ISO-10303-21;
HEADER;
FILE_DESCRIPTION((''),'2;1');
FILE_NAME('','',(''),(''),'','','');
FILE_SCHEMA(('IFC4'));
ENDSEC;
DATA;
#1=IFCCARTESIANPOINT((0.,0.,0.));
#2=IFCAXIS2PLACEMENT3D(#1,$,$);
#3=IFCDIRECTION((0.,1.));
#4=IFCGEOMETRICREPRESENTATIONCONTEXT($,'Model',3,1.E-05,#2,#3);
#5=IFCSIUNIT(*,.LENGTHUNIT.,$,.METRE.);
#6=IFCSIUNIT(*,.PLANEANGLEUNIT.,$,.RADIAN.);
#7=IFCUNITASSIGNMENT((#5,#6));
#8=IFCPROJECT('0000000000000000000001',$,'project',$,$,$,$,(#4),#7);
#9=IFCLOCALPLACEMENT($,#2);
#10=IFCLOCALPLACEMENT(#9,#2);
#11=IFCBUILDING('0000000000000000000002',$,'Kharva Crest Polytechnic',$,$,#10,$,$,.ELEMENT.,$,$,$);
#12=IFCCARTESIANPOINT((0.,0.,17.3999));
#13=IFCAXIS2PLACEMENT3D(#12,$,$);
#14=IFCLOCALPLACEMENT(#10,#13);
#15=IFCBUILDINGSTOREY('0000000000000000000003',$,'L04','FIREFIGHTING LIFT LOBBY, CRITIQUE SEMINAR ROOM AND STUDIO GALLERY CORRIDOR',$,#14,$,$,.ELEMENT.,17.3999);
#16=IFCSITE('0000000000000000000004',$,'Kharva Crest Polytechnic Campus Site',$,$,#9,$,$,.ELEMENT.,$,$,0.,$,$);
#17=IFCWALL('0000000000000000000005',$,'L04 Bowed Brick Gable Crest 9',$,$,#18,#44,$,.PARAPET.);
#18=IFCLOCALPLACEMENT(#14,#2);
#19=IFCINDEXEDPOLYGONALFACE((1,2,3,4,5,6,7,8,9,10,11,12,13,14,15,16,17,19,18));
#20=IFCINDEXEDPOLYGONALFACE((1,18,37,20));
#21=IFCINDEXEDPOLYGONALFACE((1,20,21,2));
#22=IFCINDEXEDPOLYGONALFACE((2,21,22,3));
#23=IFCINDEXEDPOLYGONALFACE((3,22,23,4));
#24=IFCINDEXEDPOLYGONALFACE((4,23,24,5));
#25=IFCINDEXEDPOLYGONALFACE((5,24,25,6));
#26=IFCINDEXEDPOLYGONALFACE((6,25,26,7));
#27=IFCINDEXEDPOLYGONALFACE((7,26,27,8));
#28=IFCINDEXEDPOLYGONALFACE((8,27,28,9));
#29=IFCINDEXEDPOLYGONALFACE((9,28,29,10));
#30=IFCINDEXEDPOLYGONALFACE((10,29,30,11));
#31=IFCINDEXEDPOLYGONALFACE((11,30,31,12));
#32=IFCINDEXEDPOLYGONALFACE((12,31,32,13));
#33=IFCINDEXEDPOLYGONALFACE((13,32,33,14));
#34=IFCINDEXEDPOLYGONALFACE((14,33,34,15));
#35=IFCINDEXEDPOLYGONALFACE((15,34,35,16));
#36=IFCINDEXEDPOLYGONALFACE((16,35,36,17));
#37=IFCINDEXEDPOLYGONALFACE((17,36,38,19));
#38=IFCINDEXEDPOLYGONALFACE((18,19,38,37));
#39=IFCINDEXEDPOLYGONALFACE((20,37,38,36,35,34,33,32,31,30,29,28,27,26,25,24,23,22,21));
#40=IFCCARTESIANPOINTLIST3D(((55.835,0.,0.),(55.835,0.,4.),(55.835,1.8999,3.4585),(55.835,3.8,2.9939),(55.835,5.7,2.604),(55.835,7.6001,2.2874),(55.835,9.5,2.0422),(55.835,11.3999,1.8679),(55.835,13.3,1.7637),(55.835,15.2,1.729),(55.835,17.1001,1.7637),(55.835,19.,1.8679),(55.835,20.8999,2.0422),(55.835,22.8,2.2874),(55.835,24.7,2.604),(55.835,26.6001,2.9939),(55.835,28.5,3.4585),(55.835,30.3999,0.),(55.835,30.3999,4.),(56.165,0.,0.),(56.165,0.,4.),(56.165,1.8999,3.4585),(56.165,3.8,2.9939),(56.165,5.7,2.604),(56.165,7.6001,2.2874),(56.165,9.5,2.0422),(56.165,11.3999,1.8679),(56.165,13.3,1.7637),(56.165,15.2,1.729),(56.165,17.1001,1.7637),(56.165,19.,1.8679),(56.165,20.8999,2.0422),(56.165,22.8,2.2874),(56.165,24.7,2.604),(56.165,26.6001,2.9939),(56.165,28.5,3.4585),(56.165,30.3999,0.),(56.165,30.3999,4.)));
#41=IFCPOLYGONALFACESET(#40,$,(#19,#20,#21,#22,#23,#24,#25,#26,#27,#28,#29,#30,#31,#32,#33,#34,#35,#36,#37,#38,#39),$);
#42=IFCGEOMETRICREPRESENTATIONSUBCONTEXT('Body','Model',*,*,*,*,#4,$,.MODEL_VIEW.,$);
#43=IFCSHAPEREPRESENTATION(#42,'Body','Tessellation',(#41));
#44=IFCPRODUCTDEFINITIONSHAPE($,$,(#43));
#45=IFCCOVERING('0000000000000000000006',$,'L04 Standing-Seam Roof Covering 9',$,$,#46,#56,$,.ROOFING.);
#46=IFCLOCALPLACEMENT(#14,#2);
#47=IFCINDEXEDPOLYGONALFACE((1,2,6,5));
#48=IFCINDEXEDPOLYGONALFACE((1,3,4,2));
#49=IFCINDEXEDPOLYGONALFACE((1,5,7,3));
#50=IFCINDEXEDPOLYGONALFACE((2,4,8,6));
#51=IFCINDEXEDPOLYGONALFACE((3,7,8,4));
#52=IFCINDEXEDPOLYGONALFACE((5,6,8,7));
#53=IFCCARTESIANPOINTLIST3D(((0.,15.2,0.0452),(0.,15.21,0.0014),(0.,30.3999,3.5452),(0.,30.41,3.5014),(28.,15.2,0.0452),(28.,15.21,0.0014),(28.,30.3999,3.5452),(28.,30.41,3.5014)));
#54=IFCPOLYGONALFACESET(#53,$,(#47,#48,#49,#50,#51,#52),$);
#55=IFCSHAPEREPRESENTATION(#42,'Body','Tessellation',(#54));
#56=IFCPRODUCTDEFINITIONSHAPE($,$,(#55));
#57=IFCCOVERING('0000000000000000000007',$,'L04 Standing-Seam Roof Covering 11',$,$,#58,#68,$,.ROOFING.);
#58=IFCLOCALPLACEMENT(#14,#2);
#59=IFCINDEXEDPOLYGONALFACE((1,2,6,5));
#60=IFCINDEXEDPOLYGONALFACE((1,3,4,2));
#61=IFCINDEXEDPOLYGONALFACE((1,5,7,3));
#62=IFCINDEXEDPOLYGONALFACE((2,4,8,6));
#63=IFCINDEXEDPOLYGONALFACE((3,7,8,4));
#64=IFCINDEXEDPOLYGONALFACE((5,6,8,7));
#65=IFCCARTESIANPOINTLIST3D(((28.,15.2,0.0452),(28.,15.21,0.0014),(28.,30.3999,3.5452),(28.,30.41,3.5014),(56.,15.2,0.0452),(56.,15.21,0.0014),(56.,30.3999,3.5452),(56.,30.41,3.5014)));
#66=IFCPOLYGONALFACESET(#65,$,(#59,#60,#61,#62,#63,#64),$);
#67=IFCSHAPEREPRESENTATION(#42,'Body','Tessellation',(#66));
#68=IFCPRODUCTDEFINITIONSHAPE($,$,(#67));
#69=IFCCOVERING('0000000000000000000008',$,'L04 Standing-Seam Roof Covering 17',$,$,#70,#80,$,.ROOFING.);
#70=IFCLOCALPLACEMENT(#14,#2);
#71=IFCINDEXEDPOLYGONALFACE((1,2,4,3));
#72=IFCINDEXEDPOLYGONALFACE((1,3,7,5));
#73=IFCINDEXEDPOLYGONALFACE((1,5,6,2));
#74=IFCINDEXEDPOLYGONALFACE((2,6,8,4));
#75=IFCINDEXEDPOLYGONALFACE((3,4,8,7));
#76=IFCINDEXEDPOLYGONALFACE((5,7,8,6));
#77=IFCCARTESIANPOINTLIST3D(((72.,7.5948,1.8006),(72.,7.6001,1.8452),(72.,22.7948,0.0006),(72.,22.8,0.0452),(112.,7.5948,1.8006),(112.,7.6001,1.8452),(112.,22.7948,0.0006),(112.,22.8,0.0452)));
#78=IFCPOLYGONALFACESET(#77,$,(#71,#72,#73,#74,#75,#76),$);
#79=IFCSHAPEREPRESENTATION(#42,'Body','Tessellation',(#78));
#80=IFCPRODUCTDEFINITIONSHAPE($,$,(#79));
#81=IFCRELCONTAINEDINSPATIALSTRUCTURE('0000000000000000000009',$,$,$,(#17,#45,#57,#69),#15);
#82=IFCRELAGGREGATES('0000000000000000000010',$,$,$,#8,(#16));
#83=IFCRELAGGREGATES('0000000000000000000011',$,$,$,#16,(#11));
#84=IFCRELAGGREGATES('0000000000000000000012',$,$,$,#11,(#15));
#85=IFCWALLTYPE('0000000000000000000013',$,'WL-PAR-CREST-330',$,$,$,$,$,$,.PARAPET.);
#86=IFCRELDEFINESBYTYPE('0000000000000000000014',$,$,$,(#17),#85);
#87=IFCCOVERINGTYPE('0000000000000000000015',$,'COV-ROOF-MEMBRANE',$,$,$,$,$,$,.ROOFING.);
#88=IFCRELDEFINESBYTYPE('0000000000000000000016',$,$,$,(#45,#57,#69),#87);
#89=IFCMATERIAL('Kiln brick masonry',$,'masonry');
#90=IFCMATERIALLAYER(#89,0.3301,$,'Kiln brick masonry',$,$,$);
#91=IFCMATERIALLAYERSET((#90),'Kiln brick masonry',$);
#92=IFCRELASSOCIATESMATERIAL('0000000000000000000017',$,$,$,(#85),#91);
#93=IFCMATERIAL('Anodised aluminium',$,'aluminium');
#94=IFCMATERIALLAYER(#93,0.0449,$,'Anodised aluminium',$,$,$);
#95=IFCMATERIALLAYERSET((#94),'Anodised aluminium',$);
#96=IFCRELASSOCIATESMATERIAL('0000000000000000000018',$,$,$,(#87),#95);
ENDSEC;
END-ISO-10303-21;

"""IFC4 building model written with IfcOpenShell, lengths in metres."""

from ifc_helpers import new_model, si_unit, direction, frame, origin, place, context, subcontext, project, spatial, polyline, outline, extrude, material, layer, layer_set, type_object, element, save


model = new_model("IFC4")

# Units and contexts
model_context = context("Model", 3, precision=1e-05, world=origin(), true_north=direction((0.0, 1.0)))
body_context = subcontext(model_context, "Body", "Model", "MODEL_VIEW")
ifc_project = project(units=[si_unit("LENGTHUNIT", "METRE"), si_unit("PLANEANGLEUNIT", "RADIAN")], contexts=[model_context])

# Site, building, storey
site_placement = place(None, origin())
site = spatial("IfcSite", under=ifc_project, at=site_placement, Name="Kharva Crest Polytechnic Campus Site", CompositionType="ELEMENT", RefElevation=0.0)
building_placement = place(site_placement, origin())
building = spatial("IfcBuilding", under=site, at=building_placement, Name="Kharva Crest Polytechnic", CompositionType="ELEMENT")
storey_placement = place(building_placement, frame((0.0, 0.0, 17.3999)))
storey = spatial("IfcBuildingStorey", under=building, at=storey_placement, Name="L04", Description="FIREFIGHTING LIFT LOBBY, CRITIQUE SEMINAR ROOM AND STUDIO GALLERY CORRIDOR", CompositionType="ELEMENT", Elevation=17.3999)

# Shared definitions
ifc_material_1 = material(Name="Kiln brick masonry", Category="masonry")
ifc_material_2 = material(Name="Anodised aluminium", Category="aluminium")

# Wall
ifc_layer_1 = layer(ifc_material_1, 0.3301, Name="Kiln brick masonry")
ifc_layer_set_1 = layer_set([ifc_layer_1], Name="Kiln brick masonry")
wall_type_1 = type_object("IfcWallType", Name="WL-PAR-CREST-330", PredefinedType="PARAPET", material=ifc_layer_set_1)
wall_1_placement = place(storey_placement, frame((56.0, 0.0, 0.0), z_axis=(0.0, 0.0, 1.0), x_axis=(0.0, 1.0, 0.0)))
element("IfcWall", 1, at=wall_1_placement, inside=storey, type_object=wall_type_1, Name="L04 Bowed Brick Gable Crest 9", PredefinedType="PARAPET", context=body_context, shape_type="SweptSolid", body=[
    extrude(outline(polyline([(0.0, 0.0), (30.3999, 0.0), (30.3999, 4.0), (28.5, 3.4585), (26.6001, 2.9939), (24.7, 2.604), (22.8, 2.2874), (20.8999, 2.0422), (19.0, 1.8679), (17.1001, 1.7637), (15.2, 1.729), (13.3, 1.7637), (11.3999, 1.8679), (9.5, 2.0422), (7.6001, 2.2874), (5.7, 2.604), (3.8, 2.9939), (1.8999, 3.4585), (0.0, 4.0), (0.0, 0.0)])), frame((0.0, 0.165, 0.0), z_axis=(0.0, -1.0, 0.0), x_axis=(1.0, 0.0, 0.0)), (0.0, 0.0, 1.0), 0.3301),
])

# Coverings
ifc_layer_2 = layer(ifc_material_2, 0.0449, Name="Anodised aluminium")
ifc_layer_set_2 = layer_set([ifc_layer_2], Name="Anodised aluminium")
covering_type = type_object("IfcCoveringType", Name="COV-ROOF-MEMBRANE", PredefinedType="ROOFING", material=ifc_layer_set_2)
for number, where, z_axis, x_axis, name in (
    (2, (0.0, 15.2, 0.0452), (0.0, -0.224392, 0.974499), (1.0, 0.0, 0.0), "L04 Standing-Seam Roof Covering 9"),
    (3, (28.0, 15.2, 0.0452), (0.0, -0.224392, 0.974499), (1.0, 0.0, 0.0), "L04 Standing-Seam Roof Covering 11"),
):
    element("IfcCovering", number, at=place(storey_placement, frame(where, z_axis=z_axis, x_axis=x_axis)), inside=storey, type_object=covering_type, Name=name, PredefinedType="ROOFING", context=body_context, shape_type="SweptSolid", body=[
        extrude(outline(polyline([(0.0, 0.0), (28.0, 0.0), (28.0, 15.5977), (0.0, 15.5977), (0.0, 0.0)])), origin(), (0.0, 0.0, -1.0), 0.0449),
    ])
covering_placement = place(storey_placement, frame((72.0, 7.6001, 1.8452), z_axis=(0.0, 0.117603, 0.993061), x_axis=(1.0, 0.0, 0.0)))
element("IfcCovering", 4, at=covering_placement, inside=storey, type_object=covering_type, Name="L04 Standing-Seam Roof Covering 17", PredefinedType="ROOFING", context=body_context, shape_type="SweptSolid", body=[
    extrude(outline(polyline([(0.0, 0.0), (40.0, 0.0), (40.0, 15.3062), (0.0, 15.3062), (0.0, 0.0)])), origin(), (0.0, 0.0, -1.0), 0.0449),
])

save(model, "model.ifc")
